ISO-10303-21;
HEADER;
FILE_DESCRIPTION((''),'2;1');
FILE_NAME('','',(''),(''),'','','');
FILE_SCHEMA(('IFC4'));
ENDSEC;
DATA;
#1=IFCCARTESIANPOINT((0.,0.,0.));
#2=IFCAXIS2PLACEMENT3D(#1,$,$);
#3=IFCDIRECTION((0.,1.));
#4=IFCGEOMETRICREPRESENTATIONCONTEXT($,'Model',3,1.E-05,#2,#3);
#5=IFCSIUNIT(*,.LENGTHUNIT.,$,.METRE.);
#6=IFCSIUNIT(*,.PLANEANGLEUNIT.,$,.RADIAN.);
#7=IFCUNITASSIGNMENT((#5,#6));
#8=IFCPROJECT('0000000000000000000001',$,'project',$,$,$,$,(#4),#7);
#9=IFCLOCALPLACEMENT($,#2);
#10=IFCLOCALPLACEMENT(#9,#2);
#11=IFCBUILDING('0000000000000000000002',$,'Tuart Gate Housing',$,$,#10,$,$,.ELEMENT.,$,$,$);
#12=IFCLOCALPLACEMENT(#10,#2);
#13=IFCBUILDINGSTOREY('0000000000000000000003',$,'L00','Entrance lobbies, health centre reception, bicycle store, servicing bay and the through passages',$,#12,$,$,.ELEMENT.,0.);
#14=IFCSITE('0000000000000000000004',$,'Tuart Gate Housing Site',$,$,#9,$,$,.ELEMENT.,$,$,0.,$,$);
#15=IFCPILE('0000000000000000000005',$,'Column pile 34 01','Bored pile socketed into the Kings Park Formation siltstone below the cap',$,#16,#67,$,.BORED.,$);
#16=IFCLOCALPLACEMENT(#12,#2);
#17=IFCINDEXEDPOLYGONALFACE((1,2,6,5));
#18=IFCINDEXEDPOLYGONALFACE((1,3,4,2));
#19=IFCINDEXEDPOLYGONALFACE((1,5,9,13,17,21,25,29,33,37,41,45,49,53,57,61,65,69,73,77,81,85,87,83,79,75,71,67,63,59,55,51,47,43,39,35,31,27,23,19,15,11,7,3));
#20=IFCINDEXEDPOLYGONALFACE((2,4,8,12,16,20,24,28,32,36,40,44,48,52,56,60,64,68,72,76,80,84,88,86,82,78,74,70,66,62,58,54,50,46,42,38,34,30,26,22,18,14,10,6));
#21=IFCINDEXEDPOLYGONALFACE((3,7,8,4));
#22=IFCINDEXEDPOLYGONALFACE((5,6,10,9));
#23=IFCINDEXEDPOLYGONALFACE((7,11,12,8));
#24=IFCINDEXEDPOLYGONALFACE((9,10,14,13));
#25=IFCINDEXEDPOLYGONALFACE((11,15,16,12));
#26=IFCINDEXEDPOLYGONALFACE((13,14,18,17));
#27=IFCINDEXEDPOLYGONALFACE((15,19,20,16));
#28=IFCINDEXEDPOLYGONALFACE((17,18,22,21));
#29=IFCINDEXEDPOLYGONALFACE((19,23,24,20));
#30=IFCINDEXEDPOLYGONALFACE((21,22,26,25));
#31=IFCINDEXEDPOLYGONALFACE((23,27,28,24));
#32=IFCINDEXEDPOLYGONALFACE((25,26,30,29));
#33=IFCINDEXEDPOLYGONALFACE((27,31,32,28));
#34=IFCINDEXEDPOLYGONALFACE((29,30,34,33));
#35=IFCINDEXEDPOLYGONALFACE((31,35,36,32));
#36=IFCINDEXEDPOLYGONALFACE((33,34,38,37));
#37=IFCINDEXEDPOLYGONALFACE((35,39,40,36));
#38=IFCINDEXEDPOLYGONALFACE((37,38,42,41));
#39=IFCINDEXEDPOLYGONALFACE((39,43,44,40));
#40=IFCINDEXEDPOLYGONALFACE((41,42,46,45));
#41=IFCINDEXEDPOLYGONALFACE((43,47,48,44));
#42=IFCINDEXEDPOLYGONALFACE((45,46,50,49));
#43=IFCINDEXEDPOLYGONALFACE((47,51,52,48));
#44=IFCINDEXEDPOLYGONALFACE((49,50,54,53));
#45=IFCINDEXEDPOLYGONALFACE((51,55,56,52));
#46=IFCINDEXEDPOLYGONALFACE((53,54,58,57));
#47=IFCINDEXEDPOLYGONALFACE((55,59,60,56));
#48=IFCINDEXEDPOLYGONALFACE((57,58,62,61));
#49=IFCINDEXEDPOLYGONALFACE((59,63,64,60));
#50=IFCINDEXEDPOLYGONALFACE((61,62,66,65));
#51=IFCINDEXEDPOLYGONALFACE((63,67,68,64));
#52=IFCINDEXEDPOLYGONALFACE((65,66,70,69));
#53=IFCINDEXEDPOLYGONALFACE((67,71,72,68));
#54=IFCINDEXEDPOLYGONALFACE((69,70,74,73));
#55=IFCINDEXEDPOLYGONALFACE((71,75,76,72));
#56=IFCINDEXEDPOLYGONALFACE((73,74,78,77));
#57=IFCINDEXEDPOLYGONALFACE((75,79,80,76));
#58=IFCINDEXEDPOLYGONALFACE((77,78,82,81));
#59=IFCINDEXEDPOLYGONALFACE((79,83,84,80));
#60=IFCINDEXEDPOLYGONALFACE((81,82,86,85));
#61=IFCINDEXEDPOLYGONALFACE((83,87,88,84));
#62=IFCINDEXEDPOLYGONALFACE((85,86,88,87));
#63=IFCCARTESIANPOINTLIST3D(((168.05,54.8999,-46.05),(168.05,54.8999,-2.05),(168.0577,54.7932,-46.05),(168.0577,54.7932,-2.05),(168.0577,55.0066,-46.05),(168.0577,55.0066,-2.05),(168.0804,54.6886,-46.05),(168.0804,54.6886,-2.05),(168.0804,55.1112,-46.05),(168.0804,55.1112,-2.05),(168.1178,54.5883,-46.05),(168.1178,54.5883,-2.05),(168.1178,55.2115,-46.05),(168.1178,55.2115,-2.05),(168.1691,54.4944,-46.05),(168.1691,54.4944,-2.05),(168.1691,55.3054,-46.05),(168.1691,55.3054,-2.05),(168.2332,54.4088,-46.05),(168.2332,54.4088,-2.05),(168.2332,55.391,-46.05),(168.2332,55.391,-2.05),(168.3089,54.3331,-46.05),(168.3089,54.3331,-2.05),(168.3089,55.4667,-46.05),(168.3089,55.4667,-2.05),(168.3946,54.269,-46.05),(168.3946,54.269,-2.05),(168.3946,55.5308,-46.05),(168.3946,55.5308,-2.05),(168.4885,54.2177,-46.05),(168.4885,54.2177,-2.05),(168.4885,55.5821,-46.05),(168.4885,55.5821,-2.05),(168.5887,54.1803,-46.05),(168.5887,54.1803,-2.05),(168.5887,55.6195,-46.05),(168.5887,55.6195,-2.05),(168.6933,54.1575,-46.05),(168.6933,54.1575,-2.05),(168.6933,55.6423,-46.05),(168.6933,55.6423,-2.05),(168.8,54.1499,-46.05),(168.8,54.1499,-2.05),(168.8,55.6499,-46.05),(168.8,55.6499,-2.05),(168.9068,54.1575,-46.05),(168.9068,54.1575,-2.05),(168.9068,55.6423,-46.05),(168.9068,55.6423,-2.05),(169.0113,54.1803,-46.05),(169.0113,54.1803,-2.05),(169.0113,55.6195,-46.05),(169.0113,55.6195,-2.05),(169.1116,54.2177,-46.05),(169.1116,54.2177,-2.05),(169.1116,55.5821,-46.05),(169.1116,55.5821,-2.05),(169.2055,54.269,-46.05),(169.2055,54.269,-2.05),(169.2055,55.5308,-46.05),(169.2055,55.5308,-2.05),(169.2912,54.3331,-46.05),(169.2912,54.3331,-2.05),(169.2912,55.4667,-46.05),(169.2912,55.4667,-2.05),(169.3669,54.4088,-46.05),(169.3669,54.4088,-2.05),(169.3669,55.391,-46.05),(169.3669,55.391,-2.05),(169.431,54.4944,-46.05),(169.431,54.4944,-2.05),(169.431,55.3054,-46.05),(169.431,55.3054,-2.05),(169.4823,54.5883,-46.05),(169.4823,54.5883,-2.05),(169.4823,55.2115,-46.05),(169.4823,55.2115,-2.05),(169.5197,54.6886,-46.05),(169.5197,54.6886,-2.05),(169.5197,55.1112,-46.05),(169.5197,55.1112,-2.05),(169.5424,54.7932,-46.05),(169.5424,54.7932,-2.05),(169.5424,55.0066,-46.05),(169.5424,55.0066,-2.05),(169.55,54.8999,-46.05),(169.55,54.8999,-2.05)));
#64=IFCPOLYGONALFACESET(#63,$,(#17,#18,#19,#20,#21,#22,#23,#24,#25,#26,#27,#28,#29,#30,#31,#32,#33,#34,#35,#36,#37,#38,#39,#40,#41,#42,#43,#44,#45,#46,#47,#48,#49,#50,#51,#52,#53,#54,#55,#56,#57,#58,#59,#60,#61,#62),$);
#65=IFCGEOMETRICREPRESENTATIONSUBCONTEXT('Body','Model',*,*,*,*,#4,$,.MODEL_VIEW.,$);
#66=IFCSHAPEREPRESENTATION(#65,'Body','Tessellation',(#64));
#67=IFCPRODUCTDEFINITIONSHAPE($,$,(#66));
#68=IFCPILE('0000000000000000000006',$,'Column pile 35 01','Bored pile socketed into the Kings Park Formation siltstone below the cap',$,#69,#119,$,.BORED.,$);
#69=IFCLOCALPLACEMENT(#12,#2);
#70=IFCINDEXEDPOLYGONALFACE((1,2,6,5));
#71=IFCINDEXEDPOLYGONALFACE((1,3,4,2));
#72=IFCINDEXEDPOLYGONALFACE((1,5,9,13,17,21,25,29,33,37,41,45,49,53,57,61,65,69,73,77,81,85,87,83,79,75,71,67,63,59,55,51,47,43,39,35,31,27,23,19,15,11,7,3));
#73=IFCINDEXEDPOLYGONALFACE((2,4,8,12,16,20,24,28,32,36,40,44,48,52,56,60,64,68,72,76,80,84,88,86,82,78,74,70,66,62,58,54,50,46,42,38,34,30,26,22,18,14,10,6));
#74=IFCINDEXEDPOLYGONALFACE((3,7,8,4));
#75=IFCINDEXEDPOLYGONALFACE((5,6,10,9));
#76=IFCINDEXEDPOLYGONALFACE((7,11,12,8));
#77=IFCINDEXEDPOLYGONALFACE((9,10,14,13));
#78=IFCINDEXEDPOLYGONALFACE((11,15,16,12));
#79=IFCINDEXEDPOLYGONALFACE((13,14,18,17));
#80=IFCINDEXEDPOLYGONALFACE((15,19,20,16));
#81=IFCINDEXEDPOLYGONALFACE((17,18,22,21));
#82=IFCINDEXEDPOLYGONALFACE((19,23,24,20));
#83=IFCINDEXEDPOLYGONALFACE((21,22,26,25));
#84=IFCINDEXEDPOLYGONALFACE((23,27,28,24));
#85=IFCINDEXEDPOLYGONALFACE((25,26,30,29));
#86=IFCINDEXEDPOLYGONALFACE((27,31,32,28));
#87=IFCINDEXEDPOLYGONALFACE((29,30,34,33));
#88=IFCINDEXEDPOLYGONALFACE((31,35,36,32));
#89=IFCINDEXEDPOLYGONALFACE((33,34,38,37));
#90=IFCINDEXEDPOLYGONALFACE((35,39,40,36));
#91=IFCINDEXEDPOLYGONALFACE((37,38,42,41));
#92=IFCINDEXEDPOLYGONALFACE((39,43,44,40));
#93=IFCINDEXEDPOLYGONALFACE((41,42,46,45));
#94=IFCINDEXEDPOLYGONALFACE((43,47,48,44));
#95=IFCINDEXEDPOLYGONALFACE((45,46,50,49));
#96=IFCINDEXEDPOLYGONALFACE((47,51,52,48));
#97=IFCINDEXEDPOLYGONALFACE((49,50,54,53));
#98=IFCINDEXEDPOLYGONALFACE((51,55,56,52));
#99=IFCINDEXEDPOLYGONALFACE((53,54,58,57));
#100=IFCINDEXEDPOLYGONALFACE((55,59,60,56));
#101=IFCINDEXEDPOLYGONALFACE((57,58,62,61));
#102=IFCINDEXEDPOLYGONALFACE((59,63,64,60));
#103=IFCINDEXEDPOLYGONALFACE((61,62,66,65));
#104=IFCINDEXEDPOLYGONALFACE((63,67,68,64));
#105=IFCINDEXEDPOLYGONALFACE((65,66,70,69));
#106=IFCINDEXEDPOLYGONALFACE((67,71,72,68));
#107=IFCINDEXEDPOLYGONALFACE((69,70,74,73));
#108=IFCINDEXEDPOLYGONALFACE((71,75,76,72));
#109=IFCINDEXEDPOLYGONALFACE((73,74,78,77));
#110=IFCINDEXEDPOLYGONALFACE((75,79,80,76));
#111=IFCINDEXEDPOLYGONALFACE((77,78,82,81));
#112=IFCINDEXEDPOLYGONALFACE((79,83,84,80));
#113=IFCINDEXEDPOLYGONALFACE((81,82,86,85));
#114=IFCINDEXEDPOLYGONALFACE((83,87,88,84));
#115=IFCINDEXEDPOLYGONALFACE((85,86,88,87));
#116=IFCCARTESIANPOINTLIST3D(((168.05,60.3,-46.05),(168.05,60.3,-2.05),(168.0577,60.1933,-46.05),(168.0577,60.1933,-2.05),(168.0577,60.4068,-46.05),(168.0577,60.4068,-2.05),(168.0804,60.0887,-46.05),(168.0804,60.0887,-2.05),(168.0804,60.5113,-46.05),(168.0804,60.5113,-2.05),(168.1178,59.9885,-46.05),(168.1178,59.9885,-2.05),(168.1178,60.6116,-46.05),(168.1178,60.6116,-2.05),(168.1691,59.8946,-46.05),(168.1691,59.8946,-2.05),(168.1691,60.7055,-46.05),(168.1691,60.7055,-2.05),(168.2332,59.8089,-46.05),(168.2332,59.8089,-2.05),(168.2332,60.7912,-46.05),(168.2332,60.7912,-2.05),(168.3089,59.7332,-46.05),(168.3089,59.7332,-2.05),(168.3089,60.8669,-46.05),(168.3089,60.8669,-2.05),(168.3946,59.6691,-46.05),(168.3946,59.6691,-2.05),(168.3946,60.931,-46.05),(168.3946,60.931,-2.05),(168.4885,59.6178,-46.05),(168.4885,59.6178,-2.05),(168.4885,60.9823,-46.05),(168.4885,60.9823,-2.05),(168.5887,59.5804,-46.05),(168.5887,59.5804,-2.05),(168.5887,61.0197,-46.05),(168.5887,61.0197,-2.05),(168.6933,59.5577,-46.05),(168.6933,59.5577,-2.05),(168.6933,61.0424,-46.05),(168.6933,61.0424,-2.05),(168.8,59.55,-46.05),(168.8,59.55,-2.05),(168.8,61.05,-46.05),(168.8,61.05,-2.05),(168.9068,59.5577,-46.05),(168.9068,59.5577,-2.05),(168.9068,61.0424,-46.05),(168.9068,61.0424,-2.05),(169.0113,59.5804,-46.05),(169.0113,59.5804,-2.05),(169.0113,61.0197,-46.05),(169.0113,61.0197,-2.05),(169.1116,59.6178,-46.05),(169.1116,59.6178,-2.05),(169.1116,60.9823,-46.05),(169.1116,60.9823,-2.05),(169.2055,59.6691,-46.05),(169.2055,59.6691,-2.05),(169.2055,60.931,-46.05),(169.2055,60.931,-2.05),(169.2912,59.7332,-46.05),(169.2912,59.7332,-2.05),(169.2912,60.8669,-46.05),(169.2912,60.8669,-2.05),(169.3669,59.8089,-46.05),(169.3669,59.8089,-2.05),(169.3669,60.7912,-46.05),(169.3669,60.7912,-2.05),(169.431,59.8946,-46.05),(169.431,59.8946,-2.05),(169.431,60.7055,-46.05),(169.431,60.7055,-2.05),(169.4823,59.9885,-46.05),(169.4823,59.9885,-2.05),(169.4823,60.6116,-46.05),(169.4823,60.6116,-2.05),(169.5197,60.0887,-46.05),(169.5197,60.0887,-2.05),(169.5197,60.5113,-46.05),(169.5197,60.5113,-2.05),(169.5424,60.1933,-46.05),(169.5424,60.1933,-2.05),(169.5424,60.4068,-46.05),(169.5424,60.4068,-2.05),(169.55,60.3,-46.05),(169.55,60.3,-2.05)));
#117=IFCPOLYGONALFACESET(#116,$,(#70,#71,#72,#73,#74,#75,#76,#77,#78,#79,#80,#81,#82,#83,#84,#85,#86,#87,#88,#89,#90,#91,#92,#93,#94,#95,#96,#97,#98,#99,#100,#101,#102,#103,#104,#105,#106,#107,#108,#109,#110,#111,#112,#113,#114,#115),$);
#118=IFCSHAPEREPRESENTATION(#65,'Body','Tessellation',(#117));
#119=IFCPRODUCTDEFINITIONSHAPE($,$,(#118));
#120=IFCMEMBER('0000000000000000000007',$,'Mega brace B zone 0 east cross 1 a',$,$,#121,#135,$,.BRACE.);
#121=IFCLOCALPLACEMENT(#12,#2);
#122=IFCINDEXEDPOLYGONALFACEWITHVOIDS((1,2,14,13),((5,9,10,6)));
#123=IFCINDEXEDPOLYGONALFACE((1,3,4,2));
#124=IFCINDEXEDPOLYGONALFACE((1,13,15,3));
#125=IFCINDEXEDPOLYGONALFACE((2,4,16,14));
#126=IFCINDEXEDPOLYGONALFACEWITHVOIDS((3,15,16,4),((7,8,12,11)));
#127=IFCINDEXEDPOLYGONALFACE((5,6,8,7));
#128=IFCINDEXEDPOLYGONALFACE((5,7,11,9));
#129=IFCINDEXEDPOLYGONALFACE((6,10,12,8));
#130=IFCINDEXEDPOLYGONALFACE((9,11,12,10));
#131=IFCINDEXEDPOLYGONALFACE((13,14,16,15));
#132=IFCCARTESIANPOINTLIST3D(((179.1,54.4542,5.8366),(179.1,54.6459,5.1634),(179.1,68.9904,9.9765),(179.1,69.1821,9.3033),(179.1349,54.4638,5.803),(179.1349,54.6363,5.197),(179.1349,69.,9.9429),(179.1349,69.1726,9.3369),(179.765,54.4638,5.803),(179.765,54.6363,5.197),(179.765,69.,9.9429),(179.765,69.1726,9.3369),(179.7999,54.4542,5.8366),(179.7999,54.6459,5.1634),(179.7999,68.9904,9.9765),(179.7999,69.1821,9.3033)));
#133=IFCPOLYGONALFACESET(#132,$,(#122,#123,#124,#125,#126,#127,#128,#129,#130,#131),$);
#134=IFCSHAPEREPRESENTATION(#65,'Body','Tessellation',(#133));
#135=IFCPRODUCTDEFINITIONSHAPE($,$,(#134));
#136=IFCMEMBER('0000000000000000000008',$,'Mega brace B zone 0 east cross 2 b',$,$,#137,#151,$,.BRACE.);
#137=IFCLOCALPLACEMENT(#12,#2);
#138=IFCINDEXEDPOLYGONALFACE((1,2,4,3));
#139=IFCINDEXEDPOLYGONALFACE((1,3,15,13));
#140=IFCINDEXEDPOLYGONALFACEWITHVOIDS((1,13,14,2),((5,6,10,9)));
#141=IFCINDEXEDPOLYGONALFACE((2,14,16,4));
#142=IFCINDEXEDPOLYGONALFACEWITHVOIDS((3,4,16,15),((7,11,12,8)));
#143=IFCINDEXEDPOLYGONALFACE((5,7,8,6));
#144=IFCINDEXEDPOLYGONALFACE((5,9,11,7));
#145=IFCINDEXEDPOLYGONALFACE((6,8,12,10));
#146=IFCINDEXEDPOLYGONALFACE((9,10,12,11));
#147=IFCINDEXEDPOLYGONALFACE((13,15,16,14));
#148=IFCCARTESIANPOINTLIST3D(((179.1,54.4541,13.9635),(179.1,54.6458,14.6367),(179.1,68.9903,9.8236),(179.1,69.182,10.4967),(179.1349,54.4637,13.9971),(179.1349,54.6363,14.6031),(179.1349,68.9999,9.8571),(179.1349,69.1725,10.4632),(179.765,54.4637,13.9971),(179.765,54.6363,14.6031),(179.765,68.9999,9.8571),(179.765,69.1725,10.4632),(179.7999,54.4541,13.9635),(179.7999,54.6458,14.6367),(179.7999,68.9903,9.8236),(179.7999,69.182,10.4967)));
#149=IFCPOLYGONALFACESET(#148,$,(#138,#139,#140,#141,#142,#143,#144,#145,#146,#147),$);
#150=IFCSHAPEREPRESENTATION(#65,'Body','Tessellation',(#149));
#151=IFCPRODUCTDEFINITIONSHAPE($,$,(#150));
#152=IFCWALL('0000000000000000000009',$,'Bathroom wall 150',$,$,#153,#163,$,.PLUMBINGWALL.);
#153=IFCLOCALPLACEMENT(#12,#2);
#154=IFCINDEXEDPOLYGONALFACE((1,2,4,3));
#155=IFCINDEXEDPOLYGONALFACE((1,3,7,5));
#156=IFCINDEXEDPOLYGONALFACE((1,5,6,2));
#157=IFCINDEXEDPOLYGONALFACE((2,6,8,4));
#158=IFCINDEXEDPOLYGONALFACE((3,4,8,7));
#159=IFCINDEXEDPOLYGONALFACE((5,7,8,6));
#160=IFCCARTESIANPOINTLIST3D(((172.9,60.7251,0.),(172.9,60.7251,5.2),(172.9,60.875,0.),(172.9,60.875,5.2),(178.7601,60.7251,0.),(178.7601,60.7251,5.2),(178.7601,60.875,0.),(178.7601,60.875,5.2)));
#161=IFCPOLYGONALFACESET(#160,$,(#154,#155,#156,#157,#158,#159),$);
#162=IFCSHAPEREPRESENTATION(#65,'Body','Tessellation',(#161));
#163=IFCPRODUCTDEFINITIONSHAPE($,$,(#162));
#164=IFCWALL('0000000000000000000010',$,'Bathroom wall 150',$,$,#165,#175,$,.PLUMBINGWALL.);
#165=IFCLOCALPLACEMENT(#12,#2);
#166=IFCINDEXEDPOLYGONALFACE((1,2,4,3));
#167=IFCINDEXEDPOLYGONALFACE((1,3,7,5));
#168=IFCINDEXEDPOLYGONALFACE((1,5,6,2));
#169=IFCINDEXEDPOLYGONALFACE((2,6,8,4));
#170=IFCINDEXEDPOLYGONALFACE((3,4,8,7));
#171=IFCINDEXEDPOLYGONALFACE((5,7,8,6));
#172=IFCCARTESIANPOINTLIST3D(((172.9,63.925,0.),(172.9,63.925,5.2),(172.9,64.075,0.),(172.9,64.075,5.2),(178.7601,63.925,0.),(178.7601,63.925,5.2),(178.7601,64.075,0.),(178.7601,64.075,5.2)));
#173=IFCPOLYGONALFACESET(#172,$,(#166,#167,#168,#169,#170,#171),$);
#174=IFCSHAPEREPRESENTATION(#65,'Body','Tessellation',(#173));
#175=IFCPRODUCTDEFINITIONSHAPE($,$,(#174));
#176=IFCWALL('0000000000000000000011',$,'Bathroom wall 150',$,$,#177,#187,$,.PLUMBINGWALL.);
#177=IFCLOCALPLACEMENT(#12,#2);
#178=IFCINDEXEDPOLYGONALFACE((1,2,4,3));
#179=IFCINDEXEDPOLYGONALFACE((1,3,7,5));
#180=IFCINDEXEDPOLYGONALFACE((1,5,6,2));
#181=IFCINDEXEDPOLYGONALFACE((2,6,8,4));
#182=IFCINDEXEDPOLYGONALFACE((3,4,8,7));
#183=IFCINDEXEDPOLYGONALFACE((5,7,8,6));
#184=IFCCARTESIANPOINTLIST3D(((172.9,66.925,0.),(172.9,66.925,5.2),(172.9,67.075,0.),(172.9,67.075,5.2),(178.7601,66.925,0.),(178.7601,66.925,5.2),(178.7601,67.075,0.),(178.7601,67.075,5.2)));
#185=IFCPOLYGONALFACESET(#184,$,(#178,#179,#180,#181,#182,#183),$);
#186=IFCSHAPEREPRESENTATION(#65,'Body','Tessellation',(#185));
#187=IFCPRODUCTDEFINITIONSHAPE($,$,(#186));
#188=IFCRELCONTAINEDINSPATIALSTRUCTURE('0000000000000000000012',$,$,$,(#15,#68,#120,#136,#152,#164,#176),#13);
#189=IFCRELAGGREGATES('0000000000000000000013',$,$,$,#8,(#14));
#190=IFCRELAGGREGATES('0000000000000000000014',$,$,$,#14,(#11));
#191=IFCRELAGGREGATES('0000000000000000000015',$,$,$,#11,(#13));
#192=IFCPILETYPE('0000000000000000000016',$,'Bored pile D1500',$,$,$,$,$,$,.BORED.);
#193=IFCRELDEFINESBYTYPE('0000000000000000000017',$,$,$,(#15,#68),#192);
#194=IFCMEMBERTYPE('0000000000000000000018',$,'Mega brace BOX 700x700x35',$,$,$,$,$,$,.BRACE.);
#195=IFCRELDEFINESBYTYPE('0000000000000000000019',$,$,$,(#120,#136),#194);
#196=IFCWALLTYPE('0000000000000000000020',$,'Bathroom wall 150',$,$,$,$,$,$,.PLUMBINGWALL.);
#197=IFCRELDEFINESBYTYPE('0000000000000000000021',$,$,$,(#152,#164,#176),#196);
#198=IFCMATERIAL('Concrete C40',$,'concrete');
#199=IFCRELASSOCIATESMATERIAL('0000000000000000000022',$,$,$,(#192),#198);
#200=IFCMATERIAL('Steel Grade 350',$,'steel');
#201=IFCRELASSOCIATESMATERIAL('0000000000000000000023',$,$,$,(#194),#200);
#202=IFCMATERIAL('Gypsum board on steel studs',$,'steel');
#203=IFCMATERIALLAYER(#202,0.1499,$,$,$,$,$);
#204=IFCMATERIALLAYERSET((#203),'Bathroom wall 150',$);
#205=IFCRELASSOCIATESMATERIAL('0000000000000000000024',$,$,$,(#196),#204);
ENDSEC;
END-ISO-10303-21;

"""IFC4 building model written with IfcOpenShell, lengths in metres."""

from ifc_helpers import new_model, si_unit, direction, frame, frame_2d, origin, origin_2d, place, context, subcontext, project, spatial, rectangle, hollow_rectangle, circle, extrude, material, layer, layer_set, material_profile, profile_set, type_object, element, save


model = new_model("IFC4")

# Units and contexts
model_context = context("Model", 3, precision=1e-05, world=origin(), true_north=direction((0.0, 1.0)))
body_context = subcontext(model_context, "Body", "Model", "MODEL_VIEW")
ifc_project = project(units=[si_unit("LENGTHUNIT", "METRE"), si_unit("PLANEANGLEUNIT", "RADIAN")], contexts=[model_context])

# Site, building, storey
site_placement = place(None, origin())
site = spatial("IfcSite", under=ifc_project, at=site_placement, Name="Tuart Gate Housing Site", CompositionType="ELEMENT", RefElevation=0.0)
building_placement = place(site_placement, origin())
building = spatial("IfcBuilding", under=site, at=building_placement, Name="Tuart Gate Housing", CompositionType="ELEMENT")
storey_placement = place(building_placement, origin())
storey = spatial("IfcBuildingStorey", under=building, at=storey_placement, Name="L00", Description="Entrance lobbies, health centre reception, bicycle store, servicing bay and the through passages", CompositionType="ELEMENT", Elevation=0.0)

# Piles
ifc_material_1 = material(Name="Concrete C40", Category="concrete")
ifc_material_profile_1 = material_profile(ifc_material_1, circle(Radius=0.75, at=origin_2d()), Name="Bored pile D1500")
ifc_profile_set_1 = profile_set([ifc_material_profile_1], Name="Concrete C40")
pile_type = type_object("IfcPileType", Name="Bored pile D1500", PredefinedType="BORED", material=ifc_profile_set_1)
for number, where, z_axis, x_axis, name in (
    (1, (168.8, 54.8999, -2.05), (0.0, 0.0, -1.0), (1.0, 0.0, 0.0), "Column pile 34 01"),
    (2, (168.8, 60.3, -2.05), (0.0, 0.0, -1.0), (1.0, 0.0, 0.0), "Column pile 35 01"),
):
    element("IfcPile", number, at=place(storey_placement, frame(where, z_axis=z_axis, x_axis=x_axis)), inside=storey, type_object=pile_type, Name=name, Description="Bored pile socketed into the Kings Park Formation siltstone below the cap", PredefinedType="BORED", context=body_context, shape_type="SweptSolid", body=[
        extrude(circle(Radius=0.75, at=origin_2d()), origin(), (0.0, 0.0, 1.0), 44.0),
    ])

# Members
ifc_material_2 = material(Name="Steel Grade 350", Category="steel")
ifc_material_profile_2 = material_profile(ifc_material_2, hollow_rectangle(XDim=0.7, YDim=0.7, WallThickness=0.0349, at=origin_2d()), Name="BOX 700x700x35")
ifc_profile_set_2 = profile_set([ifc_material_profile_2], Name="Steel Grade 350")
member_type = type_object("IfcMemberType", Name="Mega brace BOX 700x700x35", PredefinedType="BRACE", material=ifc_profile_set_2)
for number, where, z_axis, x_axis, name in (
    (3, (179.45, 54.55, 5.5), (0.0, 0.961756, 0.273908), (-1.0, 0.0, 0.0), "Mega brace B zone 0 east cross 1 a"),
    (4, (179.45, 69.0862, 10.1602), (0.0, -0.961756, 0.273908), (1.0, 0.0, 0.0), "Mega brace B zone 0 east cross 2 b"),
):
    element("IfcMember", number, at=place(storey_placement, frame(where, z_axis=z_axis, x_axis=x_axis)), inside=storey, type_object=member_type, Name=name, PredefinedType="BRACE", context=body_context, shape_type="SweptSolid", body=[
        extrude(hollow_rectangle(XDim=0.7, YDim=0.7, WallThickness=0.0349, at=origin_2d()), origin(), (0.0, 0.0, 1.0), 15.1143),
    ])

# Walls
ifc_material_3 = material(Name="Gypsum board on steel studs", Category="steel")
ifc_layer_1 = layer(ifc_material_3, 0.1499)
ifc_layer_set_1 = layer_set([ifc_layer_1], Name="Bathroom wall 150")
wall_type_1 = type_object("IfcWallType", Name="Bathroom wall 150", PredefinedType="PLUMBINGWALL", material=ifc_layer_set_1)
for number, where, z_axis, x_axis, name in (
    (5, (172.8999, 60.8, 0.0), (0.0, 0.0, 1.0), (1.0, 0.0, 0.0), "Bathroom wall 150"),
    (6, (172.8999, 64.0, 0.0), (0.0, 0.0, 1.0), (1.0, 0.0, 0.0), "Bathroom wall 150"),
    (7, (172.8999, 67.0, 0.0), (0.0, 0.0, 1.0), (1.0, 0.0, 0.0), "Bathroom wall 150"),
):
    element("IfcWall", number, at=place(storey_placement, frame(where, z_axis=z_axis, x_axis=x_axis)), inside=storey, type_object=wall_type_1, Name=name, PredefinedType="PLUMBINGWALL", context=body_context, shape_type="SweptSolid", body=[
        extrude(rectangle(XDim=5.8601, YDim=0.1499, at=frame_2d((2.9302, 0.0))), origin(), (0.0, 0.0, 1.0), 5.2),
    ])

save(model, "model.ifc")
